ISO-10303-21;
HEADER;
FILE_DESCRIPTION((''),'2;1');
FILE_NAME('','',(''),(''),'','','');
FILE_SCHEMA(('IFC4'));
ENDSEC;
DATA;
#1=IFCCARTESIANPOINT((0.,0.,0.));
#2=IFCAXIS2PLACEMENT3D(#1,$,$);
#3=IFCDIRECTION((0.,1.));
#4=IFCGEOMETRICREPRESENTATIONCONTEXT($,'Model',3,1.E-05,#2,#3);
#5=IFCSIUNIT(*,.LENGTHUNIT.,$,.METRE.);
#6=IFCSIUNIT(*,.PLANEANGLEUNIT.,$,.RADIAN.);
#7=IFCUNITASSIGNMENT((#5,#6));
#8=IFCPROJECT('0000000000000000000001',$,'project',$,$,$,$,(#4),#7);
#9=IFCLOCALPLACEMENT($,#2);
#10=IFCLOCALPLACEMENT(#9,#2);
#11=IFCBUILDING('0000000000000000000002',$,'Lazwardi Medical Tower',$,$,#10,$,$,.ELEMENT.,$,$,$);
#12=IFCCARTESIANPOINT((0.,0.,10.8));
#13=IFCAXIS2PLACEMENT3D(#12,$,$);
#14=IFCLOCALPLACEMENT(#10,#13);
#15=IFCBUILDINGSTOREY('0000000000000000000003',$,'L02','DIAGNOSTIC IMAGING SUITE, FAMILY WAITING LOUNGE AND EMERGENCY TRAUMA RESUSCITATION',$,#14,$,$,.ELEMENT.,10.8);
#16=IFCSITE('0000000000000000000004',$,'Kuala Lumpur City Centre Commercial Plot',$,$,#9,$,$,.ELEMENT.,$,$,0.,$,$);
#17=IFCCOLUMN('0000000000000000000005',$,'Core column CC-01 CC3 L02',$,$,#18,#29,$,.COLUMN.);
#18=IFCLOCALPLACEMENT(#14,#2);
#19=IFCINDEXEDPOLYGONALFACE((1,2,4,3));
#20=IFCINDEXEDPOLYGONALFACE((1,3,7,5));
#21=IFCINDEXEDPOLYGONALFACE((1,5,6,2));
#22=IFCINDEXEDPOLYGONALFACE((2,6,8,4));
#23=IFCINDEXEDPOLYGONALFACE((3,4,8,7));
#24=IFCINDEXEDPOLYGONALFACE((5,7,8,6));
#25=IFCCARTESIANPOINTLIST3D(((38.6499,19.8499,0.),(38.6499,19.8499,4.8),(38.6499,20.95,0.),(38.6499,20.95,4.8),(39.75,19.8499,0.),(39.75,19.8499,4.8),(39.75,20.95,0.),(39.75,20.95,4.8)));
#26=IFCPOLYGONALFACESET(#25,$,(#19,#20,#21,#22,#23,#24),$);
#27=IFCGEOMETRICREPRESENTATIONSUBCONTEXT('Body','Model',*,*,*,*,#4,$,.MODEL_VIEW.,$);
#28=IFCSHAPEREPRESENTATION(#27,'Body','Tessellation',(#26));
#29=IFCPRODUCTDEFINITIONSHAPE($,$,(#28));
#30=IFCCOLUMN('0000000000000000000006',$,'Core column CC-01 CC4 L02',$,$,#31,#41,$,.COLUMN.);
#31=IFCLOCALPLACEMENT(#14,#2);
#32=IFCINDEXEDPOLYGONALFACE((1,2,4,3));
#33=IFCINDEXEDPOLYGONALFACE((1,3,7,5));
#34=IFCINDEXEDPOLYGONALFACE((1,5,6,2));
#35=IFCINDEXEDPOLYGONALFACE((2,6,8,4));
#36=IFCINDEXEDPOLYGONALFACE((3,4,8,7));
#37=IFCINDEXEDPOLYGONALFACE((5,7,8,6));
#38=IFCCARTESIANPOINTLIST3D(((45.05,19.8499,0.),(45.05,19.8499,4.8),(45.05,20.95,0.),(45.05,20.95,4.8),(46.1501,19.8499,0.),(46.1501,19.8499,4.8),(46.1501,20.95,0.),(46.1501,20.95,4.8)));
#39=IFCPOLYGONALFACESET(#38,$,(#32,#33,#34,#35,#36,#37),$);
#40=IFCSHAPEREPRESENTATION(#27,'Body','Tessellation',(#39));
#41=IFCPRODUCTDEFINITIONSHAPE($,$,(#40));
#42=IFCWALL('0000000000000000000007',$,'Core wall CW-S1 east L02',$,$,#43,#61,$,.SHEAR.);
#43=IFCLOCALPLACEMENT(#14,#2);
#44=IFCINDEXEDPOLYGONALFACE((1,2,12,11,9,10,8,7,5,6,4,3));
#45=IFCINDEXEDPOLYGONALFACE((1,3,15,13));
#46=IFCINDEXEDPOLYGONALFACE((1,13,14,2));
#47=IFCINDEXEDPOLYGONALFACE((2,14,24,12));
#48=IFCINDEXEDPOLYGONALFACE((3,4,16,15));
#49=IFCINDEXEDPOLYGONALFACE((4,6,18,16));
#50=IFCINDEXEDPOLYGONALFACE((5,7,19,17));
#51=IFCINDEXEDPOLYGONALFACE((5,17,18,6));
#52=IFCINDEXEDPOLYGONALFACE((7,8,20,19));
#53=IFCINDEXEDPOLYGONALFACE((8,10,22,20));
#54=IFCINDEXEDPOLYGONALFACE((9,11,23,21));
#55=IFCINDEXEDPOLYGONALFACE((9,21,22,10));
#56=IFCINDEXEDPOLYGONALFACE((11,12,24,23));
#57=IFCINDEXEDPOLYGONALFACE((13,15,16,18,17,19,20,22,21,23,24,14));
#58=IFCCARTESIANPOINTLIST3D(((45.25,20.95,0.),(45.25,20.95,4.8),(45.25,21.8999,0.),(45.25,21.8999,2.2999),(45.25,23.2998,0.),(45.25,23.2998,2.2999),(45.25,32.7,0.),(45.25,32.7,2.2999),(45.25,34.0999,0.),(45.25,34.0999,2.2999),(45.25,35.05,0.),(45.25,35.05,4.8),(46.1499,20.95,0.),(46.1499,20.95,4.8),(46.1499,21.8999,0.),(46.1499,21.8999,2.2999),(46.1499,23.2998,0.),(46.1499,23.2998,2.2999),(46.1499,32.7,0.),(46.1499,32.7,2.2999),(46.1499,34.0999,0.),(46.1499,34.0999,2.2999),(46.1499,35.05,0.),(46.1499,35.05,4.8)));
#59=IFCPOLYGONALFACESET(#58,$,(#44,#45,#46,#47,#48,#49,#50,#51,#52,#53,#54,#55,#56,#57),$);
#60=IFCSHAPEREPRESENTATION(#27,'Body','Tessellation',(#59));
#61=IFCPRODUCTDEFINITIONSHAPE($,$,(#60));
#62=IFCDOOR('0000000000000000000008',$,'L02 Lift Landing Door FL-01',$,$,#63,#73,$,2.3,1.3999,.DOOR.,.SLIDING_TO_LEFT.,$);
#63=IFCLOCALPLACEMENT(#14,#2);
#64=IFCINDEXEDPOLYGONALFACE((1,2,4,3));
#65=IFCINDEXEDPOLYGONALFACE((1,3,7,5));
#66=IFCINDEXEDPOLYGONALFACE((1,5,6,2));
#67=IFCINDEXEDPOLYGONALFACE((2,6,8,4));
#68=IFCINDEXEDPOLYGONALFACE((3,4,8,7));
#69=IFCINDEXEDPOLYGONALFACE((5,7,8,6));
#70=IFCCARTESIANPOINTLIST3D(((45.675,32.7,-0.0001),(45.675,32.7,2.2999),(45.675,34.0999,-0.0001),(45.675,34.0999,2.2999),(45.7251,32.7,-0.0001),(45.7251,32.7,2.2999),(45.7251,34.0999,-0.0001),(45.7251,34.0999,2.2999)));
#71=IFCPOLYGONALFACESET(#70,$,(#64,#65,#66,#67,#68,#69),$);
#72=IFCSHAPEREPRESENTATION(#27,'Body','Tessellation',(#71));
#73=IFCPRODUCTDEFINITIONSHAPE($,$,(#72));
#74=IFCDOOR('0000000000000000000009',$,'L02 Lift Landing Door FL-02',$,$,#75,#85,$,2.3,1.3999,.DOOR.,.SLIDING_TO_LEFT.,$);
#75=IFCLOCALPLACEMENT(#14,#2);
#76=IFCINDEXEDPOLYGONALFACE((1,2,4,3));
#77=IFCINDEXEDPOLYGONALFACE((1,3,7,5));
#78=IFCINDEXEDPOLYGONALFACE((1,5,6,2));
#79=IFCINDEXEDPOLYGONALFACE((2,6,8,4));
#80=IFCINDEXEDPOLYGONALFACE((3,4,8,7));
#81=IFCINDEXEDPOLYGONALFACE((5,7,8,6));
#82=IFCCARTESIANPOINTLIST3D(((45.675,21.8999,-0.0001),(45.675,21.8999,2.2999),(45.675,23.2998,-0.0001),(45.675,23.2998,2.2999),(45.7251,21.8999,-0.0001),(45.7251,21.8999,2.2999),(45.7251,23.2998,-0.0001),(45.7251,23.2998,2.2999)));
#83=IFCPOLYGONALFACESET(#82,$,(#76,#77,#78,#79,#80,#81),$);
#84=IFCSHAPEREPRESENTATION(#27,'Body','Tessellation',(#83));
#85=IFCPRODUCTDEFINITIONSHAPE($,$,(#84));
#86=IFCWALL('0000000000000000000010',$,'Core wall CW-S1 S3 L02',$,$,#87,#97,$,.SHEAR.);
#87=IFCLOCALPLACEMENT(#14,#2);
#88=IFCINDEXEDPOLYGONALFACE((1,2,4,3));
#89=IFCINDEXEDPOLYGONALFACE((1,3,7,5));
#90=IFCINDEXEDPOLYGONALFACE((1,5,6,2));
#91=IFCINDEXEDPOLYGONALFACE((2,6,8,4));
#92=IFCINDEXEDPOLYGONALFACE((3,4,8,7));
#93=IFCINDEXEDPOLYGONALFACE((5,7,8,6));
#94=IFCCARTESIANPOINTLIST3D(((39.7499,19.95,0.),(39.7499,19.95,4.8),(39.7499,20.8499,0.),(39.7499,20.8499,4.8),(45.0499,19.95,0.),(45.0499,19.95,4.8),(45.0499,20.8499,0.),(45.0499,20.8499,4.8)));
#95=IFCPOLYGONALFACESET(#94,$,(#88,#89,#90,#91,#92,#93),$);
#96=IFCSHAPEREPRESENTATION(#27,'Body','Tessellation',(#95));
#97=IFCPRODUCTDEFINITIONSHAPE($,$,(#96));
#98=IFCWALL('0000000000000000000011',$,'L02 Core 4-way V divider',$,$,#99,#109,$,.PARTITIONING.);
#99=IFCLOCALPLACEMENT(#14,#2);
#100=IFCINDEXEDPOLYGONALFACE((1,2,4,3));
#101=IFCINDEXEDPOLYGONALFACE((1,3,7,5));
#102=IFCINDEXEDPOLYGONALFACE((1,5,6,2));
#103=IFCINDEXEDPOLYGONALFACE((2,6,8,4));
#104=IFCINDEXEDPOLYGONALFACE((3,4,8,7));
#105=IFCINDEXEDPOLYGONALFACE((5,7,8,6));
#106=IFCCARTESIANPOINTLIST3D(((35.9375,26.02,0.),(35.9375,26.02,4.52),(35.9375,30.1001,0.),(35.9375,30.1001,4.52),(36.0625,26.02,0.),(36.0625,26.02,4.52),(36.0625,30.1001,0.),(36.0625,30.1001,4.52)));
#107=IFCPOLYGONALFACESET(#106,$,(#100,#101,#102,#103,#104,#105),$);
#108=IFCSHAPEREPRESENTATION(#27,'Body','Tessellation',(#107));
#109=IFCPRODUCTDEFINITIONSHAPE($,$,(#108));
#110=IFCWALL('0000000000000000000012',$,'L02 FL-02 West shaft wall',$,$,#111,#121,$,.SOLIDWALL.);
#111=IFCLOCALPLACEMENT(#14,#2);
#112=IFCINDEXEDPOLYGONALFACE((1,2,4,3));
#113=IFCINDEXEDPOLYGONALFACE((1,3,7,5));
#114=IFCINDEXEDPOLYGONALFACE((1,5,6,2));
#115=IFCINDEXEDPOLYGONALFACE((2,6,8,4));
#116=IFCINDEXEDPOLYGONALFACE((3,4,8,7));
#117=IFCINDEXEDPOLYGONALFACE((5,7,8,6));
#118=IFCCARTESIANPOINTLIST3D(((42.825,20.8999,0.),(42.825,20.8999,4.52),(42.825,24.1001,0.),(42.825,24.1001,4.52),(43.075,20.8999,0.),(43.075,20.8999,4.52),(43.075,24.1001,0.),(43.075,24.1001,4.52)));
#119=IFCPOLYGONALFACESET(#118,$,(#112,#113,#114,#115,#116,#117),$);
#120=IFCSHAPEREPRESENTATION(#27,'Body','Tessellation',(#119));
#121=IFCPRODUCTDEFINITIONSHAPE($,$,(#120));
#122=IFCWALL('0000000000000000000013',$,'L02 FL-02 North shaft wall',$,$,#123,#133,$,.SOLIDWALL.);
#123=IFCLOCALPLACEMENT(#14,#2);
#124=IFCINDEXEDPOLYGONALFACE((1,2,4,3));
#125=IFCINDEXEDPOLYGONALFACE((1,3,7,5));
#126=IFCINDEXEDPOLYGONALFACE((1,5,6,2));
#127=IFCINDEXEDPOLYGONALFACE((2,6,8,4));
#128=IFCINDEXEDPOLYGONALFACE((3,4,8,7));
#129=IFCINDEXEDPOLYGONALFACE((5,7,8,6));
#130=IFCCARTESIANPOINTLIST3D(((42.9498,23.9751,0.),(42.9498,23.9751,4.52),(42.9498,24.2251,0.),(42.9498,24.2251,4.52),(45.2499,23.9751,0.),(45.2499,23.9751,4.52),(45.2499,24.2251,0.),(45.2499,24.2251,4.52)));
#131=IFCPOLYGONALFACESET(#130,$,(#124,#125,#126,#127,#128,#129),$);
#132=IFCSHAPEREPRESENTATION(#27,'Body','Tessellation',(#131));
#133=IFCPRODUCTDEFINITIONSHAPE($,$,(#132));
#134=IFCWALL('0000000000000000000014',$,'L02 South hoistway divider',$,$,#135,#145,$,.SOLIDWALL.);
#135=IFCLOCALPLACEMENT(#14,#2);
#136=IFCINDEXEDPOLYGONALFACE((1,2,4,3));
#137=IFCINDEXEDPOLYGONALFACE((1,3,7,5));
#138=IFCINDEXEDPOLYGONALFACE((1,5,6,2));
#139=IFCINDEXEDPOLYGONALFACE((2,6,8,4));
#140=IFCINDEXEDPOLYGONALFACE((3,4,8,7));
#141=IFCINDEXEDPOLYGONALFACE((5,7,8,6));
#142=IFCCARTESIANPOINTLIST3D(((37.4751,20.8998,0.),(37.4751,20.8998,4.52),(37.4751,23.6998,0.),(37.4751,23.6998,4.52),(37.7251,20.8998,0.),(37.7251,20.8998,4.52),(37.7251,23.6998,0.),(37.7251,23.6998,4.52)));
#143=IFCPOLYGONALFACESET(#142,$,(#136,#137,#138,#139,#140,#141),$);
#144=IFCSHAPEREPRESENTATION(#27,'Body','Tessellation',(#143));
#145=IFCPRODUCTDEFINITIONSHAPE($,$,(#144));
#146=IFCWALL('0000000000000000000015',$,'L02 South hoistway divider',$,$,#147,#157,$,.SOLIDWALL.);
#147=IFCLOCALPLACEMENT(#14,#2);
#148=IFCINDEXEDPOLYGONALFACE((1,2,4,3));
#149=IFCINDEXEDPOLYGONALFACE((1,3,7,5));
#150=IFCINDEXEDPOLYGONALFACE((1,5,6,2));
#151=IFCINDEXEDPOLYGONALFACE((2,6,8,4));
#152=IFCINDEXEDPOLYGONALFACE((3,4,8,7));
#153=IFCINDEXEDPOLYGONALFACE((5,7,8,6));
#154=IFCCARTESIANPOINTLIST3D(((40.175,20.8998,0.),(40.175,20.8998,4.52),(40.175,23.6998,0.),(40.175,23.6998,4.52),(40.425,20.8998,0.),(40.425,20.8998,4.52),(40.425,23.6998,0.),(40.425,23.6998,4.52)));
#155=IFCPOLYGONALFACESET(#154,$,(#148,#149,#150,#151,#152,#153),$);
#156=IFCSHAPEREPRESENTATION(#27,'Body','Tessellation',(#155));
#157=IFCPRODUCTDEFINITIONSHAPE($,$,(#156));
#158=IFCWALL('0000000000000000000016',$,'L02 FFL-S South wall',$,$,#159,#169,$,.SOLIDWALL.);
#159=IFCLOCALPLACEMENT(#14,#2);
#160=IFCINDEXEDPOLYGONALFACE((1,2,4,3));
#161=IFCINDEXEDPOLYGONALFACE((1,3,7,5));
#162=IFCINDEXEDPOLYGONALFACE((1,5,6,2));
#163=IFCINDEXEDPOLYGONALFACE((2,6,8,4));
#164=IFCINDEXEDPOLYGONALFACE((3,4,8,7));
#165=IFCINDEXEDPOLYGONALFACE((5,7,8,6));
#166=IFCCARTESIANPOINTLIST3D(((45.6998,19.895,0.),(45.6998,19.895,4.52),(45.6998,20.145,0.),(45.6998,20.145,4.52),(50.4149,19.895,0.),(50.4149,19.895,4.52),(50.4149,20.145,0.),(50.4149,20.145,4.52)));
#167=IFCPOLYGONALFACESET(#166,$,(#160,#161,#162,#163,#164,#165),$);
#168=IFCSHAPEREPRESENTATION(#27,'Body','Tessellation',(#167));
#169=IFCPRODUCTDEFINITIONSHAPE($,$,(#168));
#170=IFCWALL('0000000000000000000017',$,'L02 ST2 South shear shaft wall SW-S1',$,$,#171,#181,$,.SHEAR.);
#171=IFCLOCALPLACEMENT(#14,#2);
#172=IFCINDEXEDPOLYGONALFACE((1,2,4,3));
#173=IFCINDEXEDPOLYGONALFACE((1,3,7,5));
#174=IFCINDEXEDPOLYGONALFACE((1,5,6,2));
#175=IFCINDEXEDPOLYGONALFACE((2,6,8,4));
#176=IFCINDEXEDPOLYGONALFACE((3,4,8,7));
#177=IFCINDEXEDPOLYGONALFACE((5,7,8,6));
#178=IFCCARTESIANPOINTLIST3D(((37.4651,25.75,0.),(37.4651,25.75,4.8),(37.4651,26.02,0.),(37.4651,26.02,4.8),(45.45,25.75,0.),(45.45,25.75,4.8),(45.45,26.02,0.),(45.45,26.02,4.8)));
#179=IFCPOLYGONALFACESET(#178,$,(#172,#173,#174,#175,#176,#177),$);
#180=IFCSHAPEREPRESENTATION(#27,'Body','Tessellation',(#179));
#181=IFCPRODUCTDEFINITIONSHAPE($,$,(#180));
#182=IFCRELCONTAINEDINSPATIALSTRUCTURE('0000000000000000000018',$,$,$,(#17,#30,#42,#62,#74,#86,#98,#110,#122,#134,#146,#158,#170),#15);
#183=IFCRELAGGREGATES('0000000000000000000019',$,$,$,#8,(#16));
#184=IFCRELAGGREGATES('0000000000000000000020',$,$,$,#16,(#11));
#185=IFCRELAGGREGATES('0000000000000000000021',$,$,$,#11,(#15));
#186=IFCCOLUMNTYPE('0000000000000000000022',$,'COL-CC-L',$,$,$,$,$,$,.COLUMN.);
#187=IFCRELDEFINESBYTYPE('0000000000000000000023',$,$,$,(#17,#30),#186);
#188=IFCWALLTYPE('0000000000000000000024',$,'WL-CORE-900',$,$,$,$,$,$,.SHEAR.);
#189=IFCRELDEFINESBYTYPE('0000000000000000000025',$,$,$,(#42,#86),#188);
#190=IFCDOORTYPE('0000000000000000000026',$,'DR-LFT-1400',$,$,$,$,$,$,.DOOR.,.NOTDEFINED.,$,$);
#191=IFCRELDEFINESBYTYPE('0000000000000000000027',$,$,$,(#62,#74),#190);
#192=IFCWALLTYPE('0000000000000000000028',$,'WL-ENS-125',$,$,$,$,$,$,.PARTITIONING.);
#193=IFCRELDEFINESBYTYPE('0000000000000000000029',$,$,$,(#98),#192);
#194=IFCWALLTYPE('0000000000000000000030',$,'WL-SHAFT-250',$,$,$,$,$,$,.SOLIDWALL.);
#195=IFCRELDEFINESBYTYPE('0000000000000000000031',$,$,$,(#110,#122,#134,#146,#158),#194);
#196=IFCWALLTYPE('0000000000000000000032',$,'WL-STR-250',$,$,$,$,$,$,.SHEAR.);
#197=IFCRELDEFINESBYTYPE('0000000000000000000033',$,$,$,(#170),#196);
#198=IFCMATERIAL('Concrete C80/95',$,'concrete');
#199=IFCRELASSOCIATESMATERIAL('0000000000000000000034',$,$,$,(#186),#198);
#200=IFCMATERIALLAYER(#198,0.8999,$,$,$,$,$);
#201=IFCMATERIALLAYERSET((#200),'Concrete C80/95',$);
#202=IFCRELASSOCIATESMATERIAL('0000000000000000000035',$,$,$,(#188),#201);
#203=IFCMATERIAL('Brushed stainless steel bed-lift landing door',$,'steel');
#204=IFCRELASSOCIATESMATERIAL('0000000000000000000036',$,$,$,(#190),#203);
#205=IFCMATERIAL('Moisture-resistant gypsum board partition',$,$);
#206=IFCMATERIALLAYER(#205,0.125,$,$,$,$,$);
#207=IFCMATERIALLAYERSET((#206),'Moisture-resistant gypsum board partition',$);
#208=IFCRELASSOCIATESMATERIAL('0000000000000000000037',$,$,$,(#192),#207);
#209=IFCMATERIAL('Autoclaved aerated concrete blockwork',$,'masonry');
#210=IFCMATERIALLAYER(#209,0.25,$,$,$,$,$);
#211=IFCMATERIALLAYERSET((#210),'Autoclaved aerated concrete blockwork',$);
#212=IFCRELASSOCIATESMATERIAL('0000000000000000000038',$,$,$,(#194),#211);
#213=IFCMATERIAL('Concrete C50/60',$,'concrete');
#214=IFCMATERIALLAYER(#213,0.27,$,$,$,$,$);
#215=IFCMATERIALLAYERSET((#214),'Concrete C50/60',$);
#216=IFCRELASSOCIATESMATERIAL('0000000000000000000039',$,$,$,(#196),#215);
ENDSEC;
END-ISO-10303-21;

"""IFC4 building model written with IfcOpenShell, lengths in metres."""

from ifc_helpers import new_model, si_unit, direction, frame, frame_2d, origin, origin_2d, place, context, subcontext, project, spatial, rectangle, extrude, material, layer, layer_set, material_profile, profile_set, type_object, element, fill, save


model = new_model("IFC4")

# Units and contexts
model_context = context("Model", 3, precision=1e-05, world=origin(), true_north=direction((0.0, 1.0)))
body_context = subcontext(model_context, "Body", "Model", "MODEL_VIEW")
ifc_project = project(units=[si_unit("LENGTHUNIT", "METRE"), si_unit("PLANEANGLEUNIT", "RADIAN")], contexts=[model_context])

# Site, building, storey
site_placement = place(None, origin())
site = spatial("IfcSite", under=ifc_project, at=site_placement, Name="Kuala Lumpur City Centre Commercial Plot", CompositionType="ELEMENT", RefElevation=0.0)
building_placement = place(site_placement, origin())
building = spatial("IfcBuilding", under=site, at=building_placement, Name="Lazwardi Medical Tower", CompositionType="ELEMENT")
storey_placement = place(building_placement, frame((0.0, 0.0, 10.8)))
storey = spatial("IfcBuildingStorey", under=building, at=storey_placement, Name="L02", Description="DIAGNOSTIC IMAGING SUITE, FAMILY WAITING LOUNGE AND EMERGENCY TRAUMA RESUSCITATION", CompositionType="ELEMENT", Elevation=10.8)

# Columns
ifc_material_1 = material(Name="Concrete C80/95", Category="concrete")
ifc_material_profile = material_profile(ifc_material_1, rectangle(XDim=1.1001, YDim=1.1001, at=origin_2d()), Name="RC 1100x1100")
ifc_profile_set = profile_set([ifc_material_profile], Name="Concrete C80/95")
column_type = type_object("IfcColumnType", Name="COL-CC-L", PredefinedType="COLUMN", material=ifc_profile_set)
for number, where, z_axis, x_axis, name in (
    (1, (39.2, 20.3999, 0.0), (0.0, 0.0, 1.0), (1.0, 0.0, 0.0), "Core column CC-01 CC3 L02"),
    (2, (45.6001, 20.3999, 0.0), (0.0, 0.0, 1.0), (1.0, 0.0, 0.0), "Core column CC-01 CC4 L02"),
):
    element("IfcColumn", number, at=place(storey_placement, frame(where, z_axis=z_axis, x_axis=x_axis)), inside=storey, type_object=column_type, Name=name, PredefinedType="COLUMN", context=body_context, shape_type="SweptSolid", body=[
        extrude(rectangle(XDim=1.1001, YDim=1.1001, at=origin_2d()), origin(), (0.0, 0.0, 1.0), 4.8),
    ])

# Wall, openings, doors
ifc_layer_1 = layer(ifc_material_1, 0.8999)
ifc_layer_set_1 = layer_set([ifc_layer_1], Name="Concrete C80/95")
wall_type_1 = type_object("IfcWallType", Name="WL-CORE-900", PredefinedType="SHEAR", material=ifc_layer_set_1)
wall_1_placement = place(storey_placement, frame((45.7, 20.95, 0.0), z_axis=(0.0, 0.0, 1.0), x_axis=(0.0, 1.0, 0.0)))
wall_1 = element("IfcWall", 3, at=wall_1_placement, inside=storey, type_object=wall_type_1, Name="Core wall CW-S1 east L02", PredefinedType="SHEAR", context=body_context, shape_type="SweptSolid", body=[
    extrude(rectangle(XDim=14.1001, YDim=0.8999, at=frame_2d((7.05, 0.0))), origin(), (0.0, 0.0, 1.0), 4.8),
])
opening_1_placement = place(wall_1_placement, frame((11.75, 0.0, 0.0)))
opening_1 = element("IfcOpeningElement", 4, at=opening_1_placement, cuts=wall_1, PredefinedType="OPENING", context=body_context, shape_type="SweptSolid", body=[
    extrude(rectangle(XDim=1.3999, YDim=2.3, at=frame_2d((0.7, 1.1499))), frame((0.0, 0.46, 0.0), z_axis=(0.0, -1.0, 0.0), x_axis=(1.0, 0.0, 0.0)), (0.0, 0.0, 1.0), 0.9199),
])
opening_2_placement = place(wall_1_placement, frame((0.95, 0.0, 0.0)))
opening_2 = element("IfcOpeningElement", 5, at=opening_2_placement, cuts=wall_1, PredefinedType="OPENING", context=body_context, shape_type="SweptSolid", body=[
    extrude(rectangle(XDim=1.3999, YDim=2.3, at=frame_2d((0.7, 1.1499))), frame((0.0, 0.46, 0.0), z_axis=(0.0, -1.0, 0.0), x_axis=(1.0, 0.0, 0.0)), (0.0, 0.0, 1.0), 0.9199),
])
ifc_material_2 = material(Name="Brushed stainless steel bed-lift landing door", Category="steel")
door_type = type_object("IfcDoorType", Name="DR-LFT-1400", OperationType="NOTDEFINED", PredefinedType="DOOR", material=ifc_material_2)
door_1_placement = place(opening_1_placement, origin())
door_1 = element("IfcDoor", 6, at=door_1_placement, inside=storey, type_object=door_type, Name="L02 Lift Landing Door FL-01", OperationType="SLIDING_TO_LEFT", OverallHeight=2.3, OverallWidth=1.3999, PredefinedType="DOOR", context=body_context, shape_type="SweptSolid", body=[
    extrude(rectangle(XDim=1.3999, YDim=2.3, at=frame_2d((0.7, 1.1499))), frame((0.0, 0.0249, 0.0), z_axis=(0.0, -1.0, 0.0), x_axis=(1.0, 0.0, 0.0)), (0.0, 0.0, 1.0), 0.05),
])
fill(opening_1, door_1)
door_2_placement = place(opening_2_placement, origin())
door_2 = element("IfcDoor", 7, at=door_2_placement, inside=storey, type_object=door_type, Name="L02 Lift Landing Door FL-02", OperationType="SLIDING_TO_LEFT", OverallHeight=2.3, OverallWidth=1.3999, PredefinedType="DOOR", context=body_context, shape_type="SweptSolid", body=[
    extrude(rectangle(XDim=1.3999, YDim=2.3, at=frame_2d((0.7, 1.1499))), frame((0.0, 0.0249, 0.0), z_axis=(0.0, -1.0, 0.0), x_axis=(1.0, 0.0, 0.0)), (0.0, 0.0, 1.0), 0.05),
])
fill(opening_2, door_2)

# Walls
wall_2_placement = place(storey_placement, frame((39.75, 20.3999, 0.0), z_axis=(0.0, 0.0, 1.0), x_axis=(1.0, 0.0, 0.0)))
element("IfcWall", 8, at=wall_2_placement, inside=storey, type_object=wall_type_1, Name="Core wall CW-S1 S3 L02", PredefinedType="SHEAR", context=body_context, shape_type="SweptSolid", body=[
    extrude(rectangle(XDim=5.3, YDim=0.8999, at=frame_2d((2.6499, 0.0))), origin(), (0.0, 0.0, 1.0), 4.8),
])
ifc_material_3 = material(Name="Moisture-resistant gypsum board partition")
ifc_layer_2 = layer(ifc_material_3, 0.125)
ifc_layer_set_2 = layer_set([ifc_layer_2], Name="Moisture-resistant gypsum board partition")
wall_type_2 = type_object("IfcWallType", Name="WL-ENS-125", PredefinedType="PARTITIONING", material=ifc_layer_set_2)
wall_3_placement = place(storey_placement, frame((36.0, 26.02, 0.0), z_axis=(0.0, 0.0, 1.0), x_axis=(0.0, 1.0, 0.0)))
element("IfcWall", 9, at=wall_3_placement, inside=storey, type_object=wall_type_2, Name="L02 Core 4-way V divider", PredefinedType="PARTITIONING", context=body_context, shape_type="SweptSolid", body=[
    extrude(rectangle(XDim=4.0801, YDim=0.125, at=frame_2d((2.04, 0.0))), origin(), (0.0, 0.0, 1.0), 4.52),
])
ifc_material_4 = material(Name="Autoclaved aerated concrete blockwork", Category="masonry")
ifc_layer_3 = layer(ifc_material_4, 0.25)
ifc_layer_set_3 = layer_set([ifc_layer_3], Name="Autoclaved aerated concrete blockwork")
wall_type_3 = type_object("IfcWallType", Name="WL-SHAFT-250", PredefinedType="SOLIDWALL", material=ifc_layer_set_3)
wall_4_placement = place(storey_placement, frame((42.95, 20.8999, 0.0), z_axis=(0.0, 0.0, 1.0), x_axis=(0.0, 1.0, 0.0)))
element("IfcWall", 10, at=wall_4_placement, inside=storey, type_object=wall_type_3, Name="L02 FL-02 West shaft wall", PredefinedType="SOLIDWALL", context=body_context, shape_type="SweptSolid", body=[
    extrude(rectangle(XDim=3.2002, YDim=0.25, at=frame_2d((1.6001, 0.0))), origin(), (0.0, 0.0, 1.0), 4.52),
])
wall_5_placement = place(storey_placement, frame((42.95, 24.1001, 0.0), z_axis=(0.0, 0.0, 1.0), x_axis=(1.0, 0.0, 0.0)))
element("IfcWall", 11, at=wall_5_placement, inside=storey, type_object=wall_type_3, Name="L02 FL-02 North shaft wall", PredefinedType="SOLIDWALL", context=body_context, shape_type="SweptSolid", body=[
    extrude(rectangle(XDim=2.3, YDim=0.25, at=frame_2d((1.1499, 0.0))), origin(), (0.0, 0.0, 1.0), 4.52),
])
for number, where, z_axis, x_axis, name in (
    (12, (37.6001, 20.8999, 0.0), (0.0, 0.0, 1.0), (0.0, 1.0, 0.0), "L02 South hoistway divider"),
    (13, (40.3, 20.8999, 0.0), (0.0, 0.0, 1.0), (0.0, 1.0, 0.0), "L02 South hoistway divider"),
):
    element("IfcWall", number, at=place(storey_placement, frame(where, z_axis=z_axis, x_axis=x_axis)), inside=storey, type_object=wall_type_3, Name=name, PredefinedType="SOLIDWALL", context=body_context, shape_type="SweptSolid", body=[
        extrude(rectangle(XDim=2.8, YDim=0.25, at=frame_2d((1.3999, 0.0))), origin(), (0.0, 0.0, 1.0), 4.52),
    ])
wall_6_placement = place(storey_placement, frame((45.7, 20.02, 0.0), z_axis=(0.0, 0.0, 1.0), x_axis=(1.0, 0.0, 0.0)))
element("IfcWall", 14, at=wall_6_placement, inside=storey, type_object=wall_type_3, Name="L02 FFL-S South wall", PredefinedType="SOLIDWALL", context=body_context, shape_type="SweptSolid", body=[
    extrude(rectangle(XDim=4.7151, YDim=0.25, at=frame_2d((2.3574, 0.0))), origin(), (0.0, 0.0, 1.0), 4.52),
])
ifc_material_5 = material(Name="Concrete C50/60", Category="concrete")
ifc_layer_4 = layer(ifc_material_5, 0.27)
ifc_layer_set_4 = layer_set([ifc_layer_4], Name="Concrete C50/60")
wall_type_4 = type_object("IfcWallType", Name="WL-STR-250", PredefinedType="SHEAR", material=ifc_layer_set_4)
wall_7_placement = place(storey_placement, frame((37.4651, 25.885, 0.0), z_axis=(0.0, 0.0, 1.0), x_axis=(1.0, 0.0, 0.0)))
element("IfcWall", 15, at=wall_7_placement, inside=storey, type_object=wall_type_4, Name="L02 ST2 South shear shaft wall SW-S1", PredefinedType="SHEAR", context=body_context, shape_type="SweptSolid", body=[
    extrude(rectangle(XDim=7.9849, YDim=0.27, at=frame_2d((3.9924, 0.0))), origin(), (0.0, 0.0, 1.0), 4.8),
])

save(model, "model.ifc")
